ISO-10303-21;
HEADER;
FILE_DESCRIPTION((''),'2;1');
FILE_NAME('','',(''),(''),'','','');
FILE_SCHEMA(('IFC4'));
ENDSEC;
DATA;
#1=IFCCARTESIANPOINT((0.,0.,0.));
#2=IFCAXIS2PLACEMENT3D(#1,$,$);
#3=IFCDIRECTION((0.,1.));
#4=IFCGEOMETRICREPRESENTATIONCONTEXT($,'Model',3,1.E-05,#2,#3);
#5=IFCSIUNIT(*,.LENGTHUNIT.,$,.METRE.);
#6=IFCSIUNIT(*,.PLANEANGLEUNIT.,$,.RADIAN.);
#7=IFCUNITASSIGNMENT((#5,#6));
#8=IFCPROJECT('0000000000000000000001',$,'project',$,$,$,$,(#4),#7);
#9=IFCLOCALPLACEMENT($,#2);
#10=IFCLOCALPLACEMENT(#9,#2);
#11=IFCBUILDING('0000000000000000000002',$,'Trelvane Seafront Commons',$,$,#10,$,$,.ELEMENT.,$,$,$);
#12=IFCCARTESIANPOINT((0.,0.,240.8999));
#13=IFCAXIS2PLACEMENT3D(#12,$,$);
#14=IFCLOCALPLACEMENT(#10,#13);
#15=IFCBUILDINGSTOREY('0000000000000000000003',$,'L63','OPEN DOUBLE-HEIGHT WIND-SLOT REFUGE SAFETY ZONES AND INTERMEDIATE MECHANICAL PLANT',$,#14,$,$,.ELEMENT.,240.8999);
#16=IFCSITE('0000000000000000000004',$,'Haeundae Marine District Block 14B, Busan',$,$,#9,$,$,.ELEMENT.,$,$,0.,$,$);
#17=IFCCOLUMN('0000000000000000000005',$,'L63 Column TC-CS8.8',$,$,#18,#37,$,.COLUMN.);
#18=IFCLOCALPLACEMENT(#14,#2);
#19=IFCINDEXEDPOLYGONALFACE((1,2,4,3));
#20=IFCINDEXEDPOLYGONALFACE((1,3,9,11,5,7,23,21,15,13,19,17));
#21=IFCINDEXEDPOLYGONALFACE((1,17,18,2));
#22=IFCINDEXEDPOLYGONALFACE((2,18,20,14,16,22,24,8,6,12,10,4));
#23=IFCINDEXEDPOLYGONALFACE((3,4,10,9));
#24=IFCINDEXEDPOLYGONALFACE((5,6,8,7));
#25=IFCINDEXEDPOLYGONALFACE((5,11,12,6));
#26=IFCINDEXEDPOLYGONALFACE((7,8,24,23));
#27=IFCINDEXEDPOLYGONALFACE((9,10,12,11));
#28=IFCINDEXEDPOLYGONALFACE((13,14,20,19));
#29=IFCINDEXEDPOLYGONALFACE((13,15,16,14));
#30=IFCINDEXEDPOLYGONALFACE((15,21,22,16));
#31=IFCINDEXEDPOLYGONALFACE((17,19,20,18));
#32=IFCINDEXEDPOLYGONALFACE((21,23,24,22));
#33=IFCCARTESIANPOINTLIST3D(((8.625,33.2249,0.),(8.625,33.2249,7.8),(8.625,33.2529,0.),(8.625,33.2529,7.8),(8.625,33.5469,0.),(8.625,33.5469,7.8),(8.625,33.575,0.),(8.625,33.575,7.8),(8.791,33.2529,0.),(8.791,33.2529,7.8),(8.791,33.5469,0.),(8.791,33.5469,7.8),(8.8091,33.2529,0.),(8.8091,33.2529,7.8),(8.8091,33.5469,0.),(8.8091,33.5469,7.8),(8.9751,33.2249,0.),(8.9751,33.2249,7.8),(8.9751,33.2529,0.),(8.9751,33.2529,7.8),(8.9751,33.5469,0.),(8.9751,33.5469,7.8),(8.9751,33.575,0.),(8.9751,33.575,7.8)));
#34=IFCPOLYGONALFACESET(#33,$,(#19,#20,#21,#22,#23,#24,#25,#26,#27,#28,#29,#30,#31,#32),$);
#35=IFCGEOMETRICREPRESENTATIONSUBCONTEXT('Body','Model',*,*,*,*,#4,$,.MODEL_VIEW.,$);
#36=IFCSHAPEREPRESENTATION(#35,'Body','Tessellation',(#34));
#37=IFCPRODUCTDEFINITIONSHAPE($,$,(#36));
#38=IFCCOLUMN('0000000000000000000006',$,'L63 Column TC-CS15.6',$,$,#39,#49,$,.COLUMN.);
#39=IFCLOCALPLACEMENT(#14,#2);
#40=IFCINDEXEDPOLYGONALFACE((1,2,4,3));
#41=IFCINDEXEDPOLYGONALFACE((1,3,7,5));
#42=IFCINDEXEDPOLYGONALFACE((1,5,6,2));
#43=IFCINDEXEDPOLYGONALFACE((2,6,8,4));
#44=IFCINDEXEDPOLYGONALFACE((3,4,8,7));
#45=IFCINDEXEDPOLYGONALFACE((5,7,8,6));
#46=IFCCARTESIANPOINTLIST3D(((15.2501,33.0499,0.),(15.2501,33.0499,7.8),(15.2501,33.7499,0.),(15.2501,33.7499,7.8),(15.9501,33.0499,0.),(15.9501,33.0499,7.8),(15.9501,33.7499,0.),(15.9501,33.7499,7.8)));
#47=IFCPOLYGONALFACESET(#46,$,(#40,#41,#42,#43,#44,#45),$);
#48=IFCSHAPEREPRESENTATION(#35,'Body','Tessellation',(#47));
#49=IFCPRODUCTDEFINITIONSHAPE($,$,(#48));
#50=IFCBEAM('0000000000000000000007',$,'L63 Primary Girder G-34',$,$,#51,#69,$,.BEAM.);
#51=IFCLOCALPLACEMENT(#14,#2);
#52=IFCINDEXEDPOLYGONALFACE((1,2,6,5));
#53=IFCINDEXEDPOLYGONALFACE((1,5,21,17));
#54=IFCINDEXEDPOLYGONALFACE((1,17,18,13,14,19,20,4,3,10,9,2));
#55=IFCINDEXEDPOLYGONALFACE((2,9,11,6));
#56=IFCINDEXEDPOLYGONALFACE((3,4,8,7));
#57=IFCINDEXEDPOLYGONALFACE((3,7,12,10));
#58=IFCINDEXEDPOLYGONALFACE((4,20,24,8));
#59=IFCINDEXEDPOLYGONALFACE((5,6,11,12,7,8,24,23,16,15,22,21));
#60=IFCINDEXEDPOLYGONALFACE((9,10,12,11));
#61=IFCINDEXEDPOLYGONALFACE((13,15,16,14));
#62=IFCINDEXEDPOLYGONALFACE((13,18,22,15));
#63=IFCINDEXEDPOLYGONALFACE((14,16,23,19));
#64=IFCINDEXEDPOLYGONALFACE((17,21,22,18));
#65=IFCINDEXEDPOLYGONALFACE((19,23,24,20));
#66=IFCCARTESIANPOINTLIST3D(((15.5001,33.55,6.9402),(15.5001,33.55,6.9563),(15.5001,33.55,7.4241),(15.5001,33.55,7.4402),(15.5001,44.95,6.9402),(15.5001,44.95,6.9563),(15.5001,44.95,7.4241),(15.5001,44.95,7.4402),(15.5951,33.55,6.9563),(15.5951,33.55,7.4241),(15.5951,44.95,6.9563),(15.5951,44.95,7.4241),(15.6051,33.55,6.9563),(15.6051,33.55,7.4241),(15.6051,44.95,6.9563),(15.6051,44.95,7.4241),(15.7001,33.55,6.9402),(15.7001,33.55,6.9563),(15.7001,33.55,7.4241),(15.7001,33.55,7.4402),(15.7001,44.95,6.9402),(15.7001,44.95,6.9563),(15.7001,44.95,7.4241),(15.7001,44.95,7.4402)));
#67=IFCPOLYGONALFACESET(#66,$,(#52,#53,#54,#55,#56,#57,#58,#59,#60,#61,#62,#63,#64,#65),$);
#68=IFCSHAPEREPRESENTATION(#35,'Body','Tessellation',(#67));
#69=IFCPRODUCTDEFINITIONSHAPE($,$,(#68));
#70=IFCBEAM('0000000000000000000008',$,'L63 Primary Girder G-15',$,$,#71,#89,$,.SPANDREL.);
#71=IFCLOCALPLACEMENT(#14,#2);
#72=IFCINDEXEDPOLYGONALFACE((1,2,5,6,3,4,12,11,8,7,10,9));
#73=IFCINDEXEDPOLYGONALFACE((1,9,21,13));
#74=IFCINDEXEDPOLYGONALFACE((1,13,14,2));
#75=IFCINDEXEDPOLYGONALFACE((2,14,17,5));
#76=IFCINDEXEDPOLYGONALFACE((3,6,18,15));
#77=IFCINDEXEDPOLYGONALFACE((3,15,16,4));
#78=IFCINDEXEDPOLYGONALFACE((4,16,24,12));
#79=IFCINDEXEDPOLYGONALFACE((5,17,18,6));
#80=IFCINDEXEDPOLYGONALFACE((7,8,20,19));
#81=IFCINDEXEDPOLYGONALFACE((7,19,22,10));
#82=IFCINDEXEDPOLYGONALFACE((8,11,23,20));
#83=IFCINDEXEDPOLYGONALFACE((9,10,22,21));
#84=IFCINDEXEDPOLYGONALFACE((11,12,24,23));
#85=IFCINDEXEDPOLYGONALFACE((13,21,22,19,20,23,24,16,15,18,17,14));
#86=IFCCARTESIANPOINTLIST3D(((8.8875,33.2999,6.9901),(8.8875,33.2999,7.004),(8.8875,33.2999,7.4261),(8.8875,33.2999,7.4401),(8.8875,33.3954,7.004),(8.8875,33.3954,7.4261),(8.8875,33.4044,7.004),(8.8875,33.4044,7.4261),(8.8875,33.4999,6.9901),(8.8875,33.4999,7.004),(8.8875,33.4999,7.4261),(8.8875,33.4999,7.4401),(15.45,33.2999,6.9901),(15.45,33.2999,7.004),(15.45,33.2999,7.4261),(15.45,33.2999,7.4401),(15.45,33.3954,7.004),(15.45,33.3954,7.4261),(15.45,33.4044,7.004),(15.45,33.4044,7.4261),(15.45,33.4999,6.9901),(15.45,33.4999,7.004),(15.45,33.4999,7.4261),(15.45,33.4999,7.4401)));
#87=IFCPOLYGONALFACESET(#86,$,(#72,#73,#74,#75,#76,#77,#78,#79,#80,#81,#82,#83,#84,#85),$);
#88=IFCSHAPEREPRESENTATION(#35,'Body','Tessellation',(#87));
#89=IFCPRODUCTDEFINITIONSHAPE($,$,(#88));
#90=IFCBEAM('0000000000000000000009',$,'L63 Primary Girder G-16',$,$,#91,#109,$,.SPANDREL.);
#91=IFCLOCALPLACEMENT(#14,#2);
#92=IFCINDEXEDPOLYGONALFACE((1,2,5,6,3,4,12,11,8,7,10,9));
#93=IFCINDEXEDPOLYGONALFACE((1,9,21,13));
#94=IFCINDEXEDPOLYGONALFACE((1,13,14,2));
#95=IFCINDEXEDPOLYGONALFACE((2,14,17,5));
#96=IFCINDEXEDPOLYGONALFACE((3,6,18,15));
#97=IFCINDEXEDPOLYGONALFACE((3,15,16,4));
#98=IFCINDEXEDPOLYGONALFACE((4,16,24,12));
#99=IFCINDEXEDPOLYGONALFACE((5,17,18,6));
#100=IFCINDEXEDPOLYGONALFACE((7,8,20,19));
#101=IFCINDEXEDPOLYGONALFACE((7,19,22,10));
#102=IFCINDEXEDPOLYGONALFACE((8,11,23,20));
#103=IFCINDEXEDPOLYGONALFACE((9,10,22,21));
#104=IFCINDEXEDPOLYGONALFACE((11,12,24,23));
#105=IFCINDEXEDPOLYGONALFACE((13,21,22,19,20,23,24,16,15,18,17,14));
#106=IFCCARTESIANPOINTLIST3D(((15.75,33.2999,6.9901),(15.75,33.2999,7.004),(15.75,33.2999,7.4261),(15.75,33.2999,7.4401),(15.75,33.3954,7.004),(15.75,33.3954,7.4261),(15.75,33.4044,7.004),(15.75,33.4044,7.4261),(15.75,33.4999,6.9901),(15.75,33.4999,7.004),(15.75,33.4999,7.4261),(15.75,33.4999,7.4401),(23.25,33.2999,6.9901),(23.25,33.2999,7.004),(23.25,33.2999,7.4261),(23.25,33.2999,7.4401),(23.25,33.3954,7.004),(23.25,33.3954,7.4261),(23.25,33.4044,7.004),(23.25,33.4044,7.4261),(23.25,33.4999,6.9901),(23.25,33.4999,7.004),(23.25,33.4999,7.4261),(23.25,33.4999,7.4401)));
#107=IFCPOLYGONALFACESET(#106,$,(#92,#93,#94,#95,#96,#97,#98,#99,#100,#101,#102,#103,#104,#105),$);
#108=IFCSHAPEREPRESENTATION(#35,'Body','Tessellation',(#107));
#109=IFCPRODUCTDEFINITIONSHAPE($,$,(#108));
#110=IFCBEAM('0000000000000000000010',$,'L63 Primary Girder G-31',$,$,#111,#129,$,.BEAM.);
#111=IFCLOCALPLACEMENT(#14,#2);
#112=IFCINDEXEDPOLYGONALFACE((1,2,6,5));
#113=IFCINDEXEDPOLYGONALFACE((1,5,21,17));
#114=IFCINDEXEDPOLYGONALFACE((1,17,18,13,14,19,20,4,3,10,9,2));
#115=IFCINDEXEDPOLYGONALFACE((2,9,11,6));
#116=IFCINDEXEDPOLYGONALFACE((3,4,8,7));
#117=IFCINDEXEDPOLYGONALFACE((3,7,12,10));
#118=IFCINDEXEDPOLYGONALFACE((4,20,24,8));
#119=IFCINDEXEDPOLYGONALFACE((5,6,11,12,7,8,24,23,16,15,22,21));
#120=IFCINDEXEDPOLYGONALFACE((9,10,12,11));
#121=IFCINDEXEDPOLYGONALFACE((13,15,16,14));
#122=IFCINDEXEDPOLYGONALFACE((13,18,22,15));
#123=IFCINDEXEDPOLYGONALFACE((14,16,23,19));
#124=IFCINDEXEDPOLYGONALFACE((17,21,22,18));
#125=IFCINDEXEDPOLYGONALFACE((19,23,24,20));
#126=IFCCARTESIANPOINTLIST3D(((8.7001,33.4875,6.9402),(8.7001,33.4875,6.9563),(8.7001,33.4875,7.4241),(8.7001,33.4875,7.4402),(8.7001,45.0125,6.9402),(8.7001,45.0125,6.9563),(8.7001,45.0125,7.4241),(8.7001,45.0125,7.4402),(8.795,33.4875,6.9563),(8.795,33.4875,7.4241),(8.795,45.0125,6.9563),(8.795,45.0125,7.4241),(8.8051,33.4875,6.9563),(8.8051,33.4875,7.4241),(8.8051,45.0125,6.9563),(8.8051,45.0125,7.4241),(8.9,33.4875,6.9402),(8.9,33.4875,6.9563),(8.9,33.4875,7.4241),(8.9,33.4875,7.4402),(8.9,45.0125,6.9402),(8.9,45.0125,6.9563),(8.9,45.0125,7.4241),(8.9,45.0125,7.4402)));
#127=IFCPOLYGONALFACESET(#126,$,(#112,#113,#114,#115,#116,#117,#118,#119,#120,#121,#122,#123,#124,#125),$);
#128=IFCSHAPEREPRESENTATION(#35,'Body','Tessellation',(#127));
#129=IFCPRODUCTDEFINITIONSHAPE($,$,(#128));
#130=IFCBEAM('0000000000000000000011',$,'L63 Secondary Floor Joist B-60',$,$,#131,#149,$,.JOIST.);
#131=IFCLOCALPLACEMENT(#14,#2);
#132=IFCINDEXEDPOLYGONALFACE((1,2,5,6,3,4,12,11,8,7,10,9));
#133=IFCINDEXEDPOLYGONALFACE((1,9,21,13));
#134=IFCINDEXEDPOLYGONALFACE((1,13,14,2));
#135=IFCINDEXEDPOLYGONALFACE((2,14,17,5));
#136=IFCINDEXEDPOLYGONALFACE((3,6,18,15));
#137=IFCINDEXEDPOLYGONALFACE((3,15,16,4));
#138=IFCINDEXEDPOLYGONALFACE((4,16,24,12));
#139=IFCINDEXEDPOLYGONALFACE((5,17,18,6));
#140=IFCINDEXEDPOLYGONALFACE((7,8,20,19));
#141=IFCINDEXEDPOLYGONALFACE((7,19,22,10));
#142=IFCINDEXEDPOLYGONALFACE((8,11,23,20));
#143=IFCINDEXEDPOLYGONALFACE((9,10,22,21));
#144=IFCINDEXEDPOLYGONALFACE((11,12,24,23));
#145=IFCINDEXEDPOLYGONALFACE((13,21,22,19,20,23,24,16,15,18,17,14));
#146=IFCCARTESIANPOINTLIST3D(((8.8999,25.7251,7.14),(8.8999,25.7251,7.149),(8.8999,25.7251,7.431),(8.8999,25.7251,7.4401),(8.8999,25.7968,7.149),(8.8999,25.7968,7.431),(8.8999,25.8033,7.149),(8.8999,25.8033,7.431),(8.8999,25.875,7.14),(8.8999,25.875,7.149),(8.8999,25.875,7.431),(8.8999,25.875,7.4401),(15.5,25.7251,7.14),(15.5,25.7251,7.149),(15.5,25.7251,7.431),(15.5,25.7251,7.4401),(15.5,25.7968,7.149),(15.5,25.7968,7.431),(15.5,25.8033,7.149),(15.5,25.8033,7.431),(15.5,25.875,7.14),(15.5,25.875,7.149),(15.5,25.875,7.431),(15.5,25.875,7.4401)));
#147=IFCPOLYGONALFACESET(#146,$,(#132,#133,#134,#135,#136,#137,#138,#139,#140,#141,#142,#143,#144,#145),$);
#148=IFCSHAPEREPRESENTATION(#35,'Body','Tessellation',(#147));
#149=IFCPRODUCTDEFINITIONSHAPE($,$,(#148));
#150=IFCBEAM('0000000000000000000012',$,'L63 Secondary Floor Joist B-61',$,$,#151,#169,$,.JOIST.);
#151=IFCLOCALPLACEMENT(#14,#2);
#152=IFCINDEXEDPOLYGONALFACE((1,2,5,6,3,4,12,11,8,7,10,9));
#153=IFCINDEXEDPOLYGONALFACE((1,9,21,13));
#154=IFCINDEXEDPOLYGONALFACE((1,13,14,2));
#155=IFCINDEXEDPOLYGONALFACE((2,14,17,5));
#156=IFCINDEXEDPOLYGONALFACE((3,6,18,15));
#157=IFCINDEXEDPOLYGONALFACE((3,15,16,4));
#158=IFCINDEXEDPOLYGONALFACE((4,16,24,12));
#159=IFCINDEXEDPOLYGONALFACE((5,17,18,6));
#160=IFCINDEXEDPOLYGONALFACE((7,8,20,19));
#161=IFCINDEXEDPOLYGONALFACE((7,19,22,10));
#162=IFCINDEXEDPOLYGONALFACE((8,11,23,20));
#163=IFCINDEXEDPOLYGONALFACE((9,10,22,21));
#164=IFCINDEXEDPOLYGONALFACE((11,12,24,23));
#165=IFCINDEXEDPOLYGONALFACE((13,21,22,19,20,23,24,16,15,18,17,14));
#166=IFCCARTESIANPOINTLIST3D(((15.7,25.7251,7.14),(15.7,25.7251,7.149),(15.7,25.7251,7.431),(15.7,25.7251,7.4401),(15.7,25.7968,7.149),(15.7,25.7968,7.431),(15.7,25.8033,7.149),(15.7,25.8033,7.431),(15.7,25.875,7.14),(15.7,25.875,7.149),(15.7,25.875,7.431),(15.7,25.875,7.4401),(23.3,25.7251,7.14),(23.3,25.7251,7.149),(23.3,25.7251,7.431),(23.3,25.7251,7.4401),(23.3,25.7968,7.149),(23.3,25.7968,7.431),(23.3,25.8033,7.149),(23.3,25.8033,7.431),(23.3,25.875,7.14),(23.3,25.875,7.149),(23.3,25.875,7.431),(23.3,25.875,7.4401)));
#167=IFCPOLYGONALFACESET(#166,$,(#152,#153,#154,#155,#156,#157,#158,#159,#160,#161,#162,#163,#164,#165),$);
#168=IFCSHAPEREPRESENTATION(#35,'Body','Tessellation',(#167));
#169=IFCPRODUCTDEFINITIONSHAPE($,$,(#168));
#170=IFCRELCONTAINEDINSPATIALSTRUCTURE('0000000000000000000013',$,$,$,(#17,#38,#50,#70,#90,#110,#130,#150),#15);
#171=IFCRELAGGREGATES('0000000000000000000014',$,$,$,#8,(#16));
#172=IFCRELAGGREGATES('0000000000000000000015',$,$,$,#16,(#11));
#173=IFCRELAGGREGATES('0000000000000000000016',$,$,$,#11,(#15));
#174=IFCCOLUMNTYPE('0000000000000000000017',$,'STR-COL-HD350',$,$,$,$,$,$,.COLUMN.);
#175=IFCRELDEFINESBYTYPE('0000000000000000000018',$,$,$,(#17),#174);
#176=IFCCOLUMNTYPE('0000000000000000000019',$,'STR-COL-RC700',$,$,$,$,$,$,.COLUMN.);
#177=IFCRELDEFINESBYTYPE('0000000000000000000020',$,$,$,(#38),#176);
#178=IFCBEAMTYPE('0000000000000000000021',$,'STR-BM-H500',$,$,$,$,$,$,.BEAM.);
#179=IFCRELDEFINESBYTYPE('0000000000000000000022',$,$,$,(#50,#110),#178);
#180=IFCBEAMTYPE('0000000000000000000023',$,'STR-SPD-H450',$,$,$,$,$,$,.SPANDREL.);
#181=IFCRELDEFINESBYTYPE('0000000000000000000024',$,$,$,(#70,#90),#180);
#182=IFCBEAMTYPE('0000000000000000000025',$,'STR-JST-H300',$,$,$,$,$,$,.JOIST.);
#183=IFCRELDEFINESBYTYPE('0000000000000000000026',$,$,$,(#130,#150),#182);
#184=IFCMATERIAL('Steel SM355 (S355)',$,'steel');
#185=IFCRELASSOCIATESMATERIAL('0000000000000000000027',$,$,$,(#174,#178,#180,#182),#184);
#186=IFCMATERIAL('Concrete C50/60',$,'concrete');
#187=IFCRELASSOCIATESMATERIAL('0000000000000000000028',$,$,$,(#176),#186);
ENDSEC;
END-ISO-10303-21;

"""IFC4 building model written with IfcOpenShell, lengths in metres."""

from ifc_helpers import new_model, si_unit, direction, frame, origin, origin_2d, place, context, subcontext, project, spatial, rectangle, i_section, extrude, source, transform, mapped, material, material_profile, profile_set, type_object, element, save


model = new_model("IFC4")

# Units and contexts
model_context = context("Model", 3, precision=1e-05, world=origin(), true_north=direction((0.0, 1.0)))
body_context = subcontext(model_context, "Body", "Model", "MODEL_VIEW")
ifc_project = project(units=[si_unit("LENGTHUNIT", "METRE"), si_unit("PLANEANGLEUNIT", "RADIAN")], contexts=[model_context])

# Site, building, storey
site_placement = place(None, origin())
site = spatial("IfcSite", under=ifc_project, at=site_placement, Name="Haeundae Marine District Block 14B, Busan", CompositionType="ELEMENT", RefElevation=0.0)
building_placement = place(site_placement, origin())
building = spatial("IfcBuilding", under=site, at=building_placement, Name="Trelvane Seafront Commons", CompositionType="ELEMENT")
storey_placement = place(building_placement, frame((0.0, 0.0, 240.8999)))
storey = spatial("IfcBuildingStorey", under=building, at=storey_placement, Name="L63", Description="OPEN DOUBLE-HEIGHT WIND-SLOT REFUGE SAFETY ZONES AND INTERMEDIATE MECHANICAL PLANT", CompositionType="ELEMENT", Elevation=240.8999)

# Columns
ifc_material_1 = material(Name="Steel SM355 (S355)", Category="steel")
ifc_material_profile_1 = material_profile(ifc_material_1, i_section(OverallWidth=0.3501, OverallDepth=0.3501, WebThickness=0.0181, FlangeThickness=0.0281, at=origin_2d()), Name="HD-350x350x18x28")
ifc_profile_set_1 = profile_set([ifc_material_profile_1], Name="Steel SM355 (S355)")
column_type_1 = type_object("IfcColumnType", Name="STR-COL-HD350", PredefinedType="COLUMN", material=ifc_profile_set_1)
shared_shape_1 = source(origin(), body_context, "Body", "SweptSolid", [
    extrude(i_section(OverallWidth=0.3501, OverallDepth=0.3501, WebThickness=0.0181, FlangeThickness=0.0281, at=origin_2d()), origin(), (0.0, 0.0, 1.0), 7.8),
])
column_1_placement = place(storey_placement, frame((8.8, 33.3999, 0.0), z_axis=(0.0, 0.0, 1.0), x_axis=(1.0, 0.0, 0.0)))
element("IfcColumn", 1, at=column_1_placement, inside=storey, type_object=column_type_1, Name="L63 Column TC-CS8.8", PredefinedType="COLUMN", context=body_context, shape_type="MappedRepresentation", body=[
    mapped(shared_shape_1, transform((0.0, 0.0, 0.0), x_axis=(1.0, 0.0, 0.0), y_axis=(0.0, 1.0, 0.0), z_axis=(0.0, 0.0, 1.0), scale=1.0)),
])
ifc_material_2 = material(Name="Concrete C50/60", Category="concrete")
ifc_material_profile_2 = material_profile(ifc_material_2, rectangle(XDim=0.7, YDim=0.7, at=origin_2d()), Name="RC-700x700")
ifc_profile_set_2 = profile_set([ifc_material_profile_2], Name="Concrete C50/60")
column_type_2 = type_object("IfcColumnType", Name="STR-COL-RC700", PredefinedType="COLUMN", material=ifc_profile_set_2)
shared_shape_2 = source(origin(), body_context, "Body", "SweptSolid", [
    extrude(rectangle(XDim=0.7, YDim=0.7, at=origin_2d()), origin(), (0.0, 0.0, 1.0), 7.8),
])
column_2_placement = place(storey_placement, frame((15.6001, 33.3999, 0.0), z_axis=(0.0, 0.0, 1.0), x_axis=(1.0, 0.0, 0.0)))
element("IfcColumn", 2, at=column_2_placement, inside=storey, type_object=column_type_2, Name="L63 Column TC-CS15.6", PredefinedType="COLUMN", context=body_context, shape_type="MappedRepresentation", body=[
    mapped(shared_shape_2, transform((0.0, 0.0, 0.0), x_axis=(1.0, 0.0, 0.0), y_axis=(0.0, 1.0, 0.0), z_axis=(0.0, 0.0, 1.0), scale=1.0)),
])

# Beams
ifc_material_profile_3 = material_profile(ifc_material_1, i_section(OverallWidth=0.2, OverallDepth=0.5, WebThickness=0.01, FlangeThickness=0.0161, at=origin_2d()), Name="H-500x200x10x16")
ifc_profile_set_3 = profile_set([ifc_material_profile_3], Name="Steel SM355 (S355)")
beam_type_1 = type_object("IfcBeamType", Name="STR-BM-H500", PredefinedType="BEAM", material=ifc_profile_set_3)
shared_shape_3 = source(origin(), body_context, "Body", "SweptSolid", [
    extrude(i_section(OverallWidth=0.2, OverallDepth=0.5, WebThickness=0.01, FlangeThickness=0.0161, at=origin_2d()), origin(), (0.0, 0.0, 1.0), 11.3999),
])
beam_1_placement = place(storey_placement, frame((15.6001, 33.55, 7.1902), z_axis=(0.0, 1.0, 0.0), x_axis=(-1.0, 0.0, 0.0)))
element("IfcBeam", 3, at=beam_1_placement, inside=storey, type_object=beam_type_1, Name="L63 Primary Girder G-34", PredefinedType="BEAM", context=body_context, shape_type="MappedRepresentation", body=[
    mapped(shared_shape_3, transform((0.0, 0.0, 0.0), x_axis=(1.0, 0.0, 0.0), y_axis=(0.0, 1.0, 0.0), z_axis=(0.0, 0.0, 1.0), scale=1.0)),
])
ifc_material_profile_4 = material_profile(ifc_material_1, i_section(OverallWidth=0.2, OverallDepth=0.45, WebThickness=0.009, FlangeThickness=0.0139, at=origin_2d()), Name="H-450x200x9x14")
ifc_profile_set_4 = profile_set([ifc_material_profile_4], Name="Steel SM355 (S355)")
beam_type_2 = type_object("IfcBeamType", Name="STR-SPD-H450", PredefinedType="SPANDREL", material=ifc_profile_set_4)
shared_shape_4 = source(origin(), body_context, "Body", "SweptSolid", [
    extrude(i_section(OverallWidth=0.2, OverallDepth=0.45, WebThickness=0.009, FlangeThickness=0.0139, at=origin_2d()), origin(), (0.0, 0.0, 1.0), 6.5625),
])
beam_2_placement = place(storey_placement, frame((8.8875, 33.3999, 7.2151), z_axis=(1.0, 0.0, 0.0), x_axis=(0.0, 1.0, 0.0)))
element("IfcBeam", 4, at=beam_2_placement, inside=storey, type_object=beam_type_2, Name="L63 Primary Girder G-15", PredefinedType="SPANDREL", context=body_context, shape_type="MappedRepresentation", body=[
    mapped(shared_shape_4, transform((0.0, 0.0, 0.0), x_axis=(1.0, 0.0, 0.0), y_axis=(0.0, 1.0, 0.0), z_axis=(0.0, 0.0, 1.0), scale=1.0)),
])
shared_shape_5 = source(origin(), body_context, "Body", "SweptSolid", [
    extrude(i_section(OverallWidth=0.2, OverallDepth=0.45, WebThickness=0.009, FlangeThickness=0.0139, at=origin_2d()), origin(), (0.0, 0.0, 1.0), 7.5),
])
beam_3_placement = place(storey_placement, frame((15.75, 33.3999, 7.2151), z_axis=(1.0, 0.0, 0.0), x_axis=(0.0, 1.0, 0.0)))
element("IfcBeam", 5, at=beam_3_placement, inside=storey, type_object=beam_type_2, Name="L63 Primary Girder G-16", PredefinedType="SPANDREL", context=body_context, shape_type="MappedRepresentation", body=[
    mapped(shared_shape_5, transform((0.0, 0.0, 0.0), x_axis=(1.0, 0.0, 0.0), y_axis=(0.0, 1.0, 0.0), z_axis=(0.0, 0.0, 1.0), scale=1.0)),
])
shared_shape_6 = source(origin(), body_context, "Body", "SweptSolid", [
    extrude(i_section(OverallWidth=0.2, OverallDepth=0.5, WebThickness=0.01, FlangeThickness=0.0161, at=origin_2d()), origin(), (0.0, 0.0, 1.0), 11.5249),
])
beam_4_placement = place(storey_placement, frame((8.8, 33.4875, 7.1902), z_axis=(0.0, 1.0, 0.0), x_axis=(-1.0, 0.0, 0.0)))
element("IfcBeam", 6, at=beam_4_placement, inside=storey, type_object=beam_type_1, Name="L63 Primary Girder G-31", PredefinedType="BEAM", context=body_context, shape_type="MappedRepresentation", body=[
    mapped(shared_shape_6, transform((0.0, 0.0, 0.0), x_axis=(1.0, 0.0, 0.0), y_axis=(0.0, 1.0, 0.0), z_axis=(0.0, 0.0, 1.0), scale=1.0)),
])
ifc_material_profile_5 = material_profile(ifc_material_1, i_section(OverallWidth=0.1499, OverallDepth=0.3, WebThickness=0.0066, FlangeThickness=0.009, at=origin_2d()), Name="H-300x150x6.5x9")
ifc_profile_set_5 = profile_set([ifc_material_profile_5], Name="Steel SM355 (S355)")
beam_type_3 = type_object("IfcBeamType", Name="STR-JST-H300", PredefinedType="JOIST", material=ifc_profile_set_5)
shared_shape_7 = source(origin(), body_context, "Body", "SweptSolid", [
    extrude(i_section(OverallWidth=0.1499, OverallDepth=0.3, WebThickness=0.0066, FlangeThickness=0.009, at=origin_2d()), origin(), (0.0, 0.0, 1.0), 6.6001),
])
beam_5_placement = place(storey_placement, frame((8.8999, 25.8, 7.29), z_axis=(1.0, 0.0, 0.0), x_axis=(0.0, 1.0, 0.0)))
element("IfcBeam", 7, at=beam_5_placement, inside=storey, type_object=beam_type_3, Name="L63 Secondary Floor Joist B-60", PredefinedType="JOIST", context=body_context, shape_type="MappedRepresentation", body=[
    mapped(shared_shape_7, transform((0.0, 0.0, 0.0), x_axis=(1.0, 0.0, 0.0), y_axis=(0.0, 1.0, 0.0), z_axis=(0.0, 0.0, 1.0), scale=1.0)),
])
shared_shape_8 = source(origin(), body_context, "Body", "SweptSolid", [
    extrude(i_section(OverallWidth=0.1499, OverallDepth=0.3, WebThickness=0.0066, FlangeThickness=0.009, at=origin_2d()), origin(), (0.0, 0.0, 1.0), 7.6001),
])
beam_6_placement = place(storey_placement, frame((15.7, 25.8, 7.29), z_axis=(1.0, 0.0, 0.0), x_axis=(0.0, 1.0, 0.0)))
element("IfcBeam", 8, at=beam_6_placement, inside=storey, type_object=beam_type_3, Name="L63 Secondary Floor Joist B-61", PredefinedType="JOIST", context=body_context, shape_type="MappedRepresentation", body=[
    mapped(shared_shape_8, transform((0.0, 0.0, 0.0), x_axis=(1.0, 0.0, 0.0), y_axis=(0.0, 1.0, 0.0), z_axis=(0.0, 0.0, 1.0), scale=1.0)),
])

save(model, "model.ifc")
